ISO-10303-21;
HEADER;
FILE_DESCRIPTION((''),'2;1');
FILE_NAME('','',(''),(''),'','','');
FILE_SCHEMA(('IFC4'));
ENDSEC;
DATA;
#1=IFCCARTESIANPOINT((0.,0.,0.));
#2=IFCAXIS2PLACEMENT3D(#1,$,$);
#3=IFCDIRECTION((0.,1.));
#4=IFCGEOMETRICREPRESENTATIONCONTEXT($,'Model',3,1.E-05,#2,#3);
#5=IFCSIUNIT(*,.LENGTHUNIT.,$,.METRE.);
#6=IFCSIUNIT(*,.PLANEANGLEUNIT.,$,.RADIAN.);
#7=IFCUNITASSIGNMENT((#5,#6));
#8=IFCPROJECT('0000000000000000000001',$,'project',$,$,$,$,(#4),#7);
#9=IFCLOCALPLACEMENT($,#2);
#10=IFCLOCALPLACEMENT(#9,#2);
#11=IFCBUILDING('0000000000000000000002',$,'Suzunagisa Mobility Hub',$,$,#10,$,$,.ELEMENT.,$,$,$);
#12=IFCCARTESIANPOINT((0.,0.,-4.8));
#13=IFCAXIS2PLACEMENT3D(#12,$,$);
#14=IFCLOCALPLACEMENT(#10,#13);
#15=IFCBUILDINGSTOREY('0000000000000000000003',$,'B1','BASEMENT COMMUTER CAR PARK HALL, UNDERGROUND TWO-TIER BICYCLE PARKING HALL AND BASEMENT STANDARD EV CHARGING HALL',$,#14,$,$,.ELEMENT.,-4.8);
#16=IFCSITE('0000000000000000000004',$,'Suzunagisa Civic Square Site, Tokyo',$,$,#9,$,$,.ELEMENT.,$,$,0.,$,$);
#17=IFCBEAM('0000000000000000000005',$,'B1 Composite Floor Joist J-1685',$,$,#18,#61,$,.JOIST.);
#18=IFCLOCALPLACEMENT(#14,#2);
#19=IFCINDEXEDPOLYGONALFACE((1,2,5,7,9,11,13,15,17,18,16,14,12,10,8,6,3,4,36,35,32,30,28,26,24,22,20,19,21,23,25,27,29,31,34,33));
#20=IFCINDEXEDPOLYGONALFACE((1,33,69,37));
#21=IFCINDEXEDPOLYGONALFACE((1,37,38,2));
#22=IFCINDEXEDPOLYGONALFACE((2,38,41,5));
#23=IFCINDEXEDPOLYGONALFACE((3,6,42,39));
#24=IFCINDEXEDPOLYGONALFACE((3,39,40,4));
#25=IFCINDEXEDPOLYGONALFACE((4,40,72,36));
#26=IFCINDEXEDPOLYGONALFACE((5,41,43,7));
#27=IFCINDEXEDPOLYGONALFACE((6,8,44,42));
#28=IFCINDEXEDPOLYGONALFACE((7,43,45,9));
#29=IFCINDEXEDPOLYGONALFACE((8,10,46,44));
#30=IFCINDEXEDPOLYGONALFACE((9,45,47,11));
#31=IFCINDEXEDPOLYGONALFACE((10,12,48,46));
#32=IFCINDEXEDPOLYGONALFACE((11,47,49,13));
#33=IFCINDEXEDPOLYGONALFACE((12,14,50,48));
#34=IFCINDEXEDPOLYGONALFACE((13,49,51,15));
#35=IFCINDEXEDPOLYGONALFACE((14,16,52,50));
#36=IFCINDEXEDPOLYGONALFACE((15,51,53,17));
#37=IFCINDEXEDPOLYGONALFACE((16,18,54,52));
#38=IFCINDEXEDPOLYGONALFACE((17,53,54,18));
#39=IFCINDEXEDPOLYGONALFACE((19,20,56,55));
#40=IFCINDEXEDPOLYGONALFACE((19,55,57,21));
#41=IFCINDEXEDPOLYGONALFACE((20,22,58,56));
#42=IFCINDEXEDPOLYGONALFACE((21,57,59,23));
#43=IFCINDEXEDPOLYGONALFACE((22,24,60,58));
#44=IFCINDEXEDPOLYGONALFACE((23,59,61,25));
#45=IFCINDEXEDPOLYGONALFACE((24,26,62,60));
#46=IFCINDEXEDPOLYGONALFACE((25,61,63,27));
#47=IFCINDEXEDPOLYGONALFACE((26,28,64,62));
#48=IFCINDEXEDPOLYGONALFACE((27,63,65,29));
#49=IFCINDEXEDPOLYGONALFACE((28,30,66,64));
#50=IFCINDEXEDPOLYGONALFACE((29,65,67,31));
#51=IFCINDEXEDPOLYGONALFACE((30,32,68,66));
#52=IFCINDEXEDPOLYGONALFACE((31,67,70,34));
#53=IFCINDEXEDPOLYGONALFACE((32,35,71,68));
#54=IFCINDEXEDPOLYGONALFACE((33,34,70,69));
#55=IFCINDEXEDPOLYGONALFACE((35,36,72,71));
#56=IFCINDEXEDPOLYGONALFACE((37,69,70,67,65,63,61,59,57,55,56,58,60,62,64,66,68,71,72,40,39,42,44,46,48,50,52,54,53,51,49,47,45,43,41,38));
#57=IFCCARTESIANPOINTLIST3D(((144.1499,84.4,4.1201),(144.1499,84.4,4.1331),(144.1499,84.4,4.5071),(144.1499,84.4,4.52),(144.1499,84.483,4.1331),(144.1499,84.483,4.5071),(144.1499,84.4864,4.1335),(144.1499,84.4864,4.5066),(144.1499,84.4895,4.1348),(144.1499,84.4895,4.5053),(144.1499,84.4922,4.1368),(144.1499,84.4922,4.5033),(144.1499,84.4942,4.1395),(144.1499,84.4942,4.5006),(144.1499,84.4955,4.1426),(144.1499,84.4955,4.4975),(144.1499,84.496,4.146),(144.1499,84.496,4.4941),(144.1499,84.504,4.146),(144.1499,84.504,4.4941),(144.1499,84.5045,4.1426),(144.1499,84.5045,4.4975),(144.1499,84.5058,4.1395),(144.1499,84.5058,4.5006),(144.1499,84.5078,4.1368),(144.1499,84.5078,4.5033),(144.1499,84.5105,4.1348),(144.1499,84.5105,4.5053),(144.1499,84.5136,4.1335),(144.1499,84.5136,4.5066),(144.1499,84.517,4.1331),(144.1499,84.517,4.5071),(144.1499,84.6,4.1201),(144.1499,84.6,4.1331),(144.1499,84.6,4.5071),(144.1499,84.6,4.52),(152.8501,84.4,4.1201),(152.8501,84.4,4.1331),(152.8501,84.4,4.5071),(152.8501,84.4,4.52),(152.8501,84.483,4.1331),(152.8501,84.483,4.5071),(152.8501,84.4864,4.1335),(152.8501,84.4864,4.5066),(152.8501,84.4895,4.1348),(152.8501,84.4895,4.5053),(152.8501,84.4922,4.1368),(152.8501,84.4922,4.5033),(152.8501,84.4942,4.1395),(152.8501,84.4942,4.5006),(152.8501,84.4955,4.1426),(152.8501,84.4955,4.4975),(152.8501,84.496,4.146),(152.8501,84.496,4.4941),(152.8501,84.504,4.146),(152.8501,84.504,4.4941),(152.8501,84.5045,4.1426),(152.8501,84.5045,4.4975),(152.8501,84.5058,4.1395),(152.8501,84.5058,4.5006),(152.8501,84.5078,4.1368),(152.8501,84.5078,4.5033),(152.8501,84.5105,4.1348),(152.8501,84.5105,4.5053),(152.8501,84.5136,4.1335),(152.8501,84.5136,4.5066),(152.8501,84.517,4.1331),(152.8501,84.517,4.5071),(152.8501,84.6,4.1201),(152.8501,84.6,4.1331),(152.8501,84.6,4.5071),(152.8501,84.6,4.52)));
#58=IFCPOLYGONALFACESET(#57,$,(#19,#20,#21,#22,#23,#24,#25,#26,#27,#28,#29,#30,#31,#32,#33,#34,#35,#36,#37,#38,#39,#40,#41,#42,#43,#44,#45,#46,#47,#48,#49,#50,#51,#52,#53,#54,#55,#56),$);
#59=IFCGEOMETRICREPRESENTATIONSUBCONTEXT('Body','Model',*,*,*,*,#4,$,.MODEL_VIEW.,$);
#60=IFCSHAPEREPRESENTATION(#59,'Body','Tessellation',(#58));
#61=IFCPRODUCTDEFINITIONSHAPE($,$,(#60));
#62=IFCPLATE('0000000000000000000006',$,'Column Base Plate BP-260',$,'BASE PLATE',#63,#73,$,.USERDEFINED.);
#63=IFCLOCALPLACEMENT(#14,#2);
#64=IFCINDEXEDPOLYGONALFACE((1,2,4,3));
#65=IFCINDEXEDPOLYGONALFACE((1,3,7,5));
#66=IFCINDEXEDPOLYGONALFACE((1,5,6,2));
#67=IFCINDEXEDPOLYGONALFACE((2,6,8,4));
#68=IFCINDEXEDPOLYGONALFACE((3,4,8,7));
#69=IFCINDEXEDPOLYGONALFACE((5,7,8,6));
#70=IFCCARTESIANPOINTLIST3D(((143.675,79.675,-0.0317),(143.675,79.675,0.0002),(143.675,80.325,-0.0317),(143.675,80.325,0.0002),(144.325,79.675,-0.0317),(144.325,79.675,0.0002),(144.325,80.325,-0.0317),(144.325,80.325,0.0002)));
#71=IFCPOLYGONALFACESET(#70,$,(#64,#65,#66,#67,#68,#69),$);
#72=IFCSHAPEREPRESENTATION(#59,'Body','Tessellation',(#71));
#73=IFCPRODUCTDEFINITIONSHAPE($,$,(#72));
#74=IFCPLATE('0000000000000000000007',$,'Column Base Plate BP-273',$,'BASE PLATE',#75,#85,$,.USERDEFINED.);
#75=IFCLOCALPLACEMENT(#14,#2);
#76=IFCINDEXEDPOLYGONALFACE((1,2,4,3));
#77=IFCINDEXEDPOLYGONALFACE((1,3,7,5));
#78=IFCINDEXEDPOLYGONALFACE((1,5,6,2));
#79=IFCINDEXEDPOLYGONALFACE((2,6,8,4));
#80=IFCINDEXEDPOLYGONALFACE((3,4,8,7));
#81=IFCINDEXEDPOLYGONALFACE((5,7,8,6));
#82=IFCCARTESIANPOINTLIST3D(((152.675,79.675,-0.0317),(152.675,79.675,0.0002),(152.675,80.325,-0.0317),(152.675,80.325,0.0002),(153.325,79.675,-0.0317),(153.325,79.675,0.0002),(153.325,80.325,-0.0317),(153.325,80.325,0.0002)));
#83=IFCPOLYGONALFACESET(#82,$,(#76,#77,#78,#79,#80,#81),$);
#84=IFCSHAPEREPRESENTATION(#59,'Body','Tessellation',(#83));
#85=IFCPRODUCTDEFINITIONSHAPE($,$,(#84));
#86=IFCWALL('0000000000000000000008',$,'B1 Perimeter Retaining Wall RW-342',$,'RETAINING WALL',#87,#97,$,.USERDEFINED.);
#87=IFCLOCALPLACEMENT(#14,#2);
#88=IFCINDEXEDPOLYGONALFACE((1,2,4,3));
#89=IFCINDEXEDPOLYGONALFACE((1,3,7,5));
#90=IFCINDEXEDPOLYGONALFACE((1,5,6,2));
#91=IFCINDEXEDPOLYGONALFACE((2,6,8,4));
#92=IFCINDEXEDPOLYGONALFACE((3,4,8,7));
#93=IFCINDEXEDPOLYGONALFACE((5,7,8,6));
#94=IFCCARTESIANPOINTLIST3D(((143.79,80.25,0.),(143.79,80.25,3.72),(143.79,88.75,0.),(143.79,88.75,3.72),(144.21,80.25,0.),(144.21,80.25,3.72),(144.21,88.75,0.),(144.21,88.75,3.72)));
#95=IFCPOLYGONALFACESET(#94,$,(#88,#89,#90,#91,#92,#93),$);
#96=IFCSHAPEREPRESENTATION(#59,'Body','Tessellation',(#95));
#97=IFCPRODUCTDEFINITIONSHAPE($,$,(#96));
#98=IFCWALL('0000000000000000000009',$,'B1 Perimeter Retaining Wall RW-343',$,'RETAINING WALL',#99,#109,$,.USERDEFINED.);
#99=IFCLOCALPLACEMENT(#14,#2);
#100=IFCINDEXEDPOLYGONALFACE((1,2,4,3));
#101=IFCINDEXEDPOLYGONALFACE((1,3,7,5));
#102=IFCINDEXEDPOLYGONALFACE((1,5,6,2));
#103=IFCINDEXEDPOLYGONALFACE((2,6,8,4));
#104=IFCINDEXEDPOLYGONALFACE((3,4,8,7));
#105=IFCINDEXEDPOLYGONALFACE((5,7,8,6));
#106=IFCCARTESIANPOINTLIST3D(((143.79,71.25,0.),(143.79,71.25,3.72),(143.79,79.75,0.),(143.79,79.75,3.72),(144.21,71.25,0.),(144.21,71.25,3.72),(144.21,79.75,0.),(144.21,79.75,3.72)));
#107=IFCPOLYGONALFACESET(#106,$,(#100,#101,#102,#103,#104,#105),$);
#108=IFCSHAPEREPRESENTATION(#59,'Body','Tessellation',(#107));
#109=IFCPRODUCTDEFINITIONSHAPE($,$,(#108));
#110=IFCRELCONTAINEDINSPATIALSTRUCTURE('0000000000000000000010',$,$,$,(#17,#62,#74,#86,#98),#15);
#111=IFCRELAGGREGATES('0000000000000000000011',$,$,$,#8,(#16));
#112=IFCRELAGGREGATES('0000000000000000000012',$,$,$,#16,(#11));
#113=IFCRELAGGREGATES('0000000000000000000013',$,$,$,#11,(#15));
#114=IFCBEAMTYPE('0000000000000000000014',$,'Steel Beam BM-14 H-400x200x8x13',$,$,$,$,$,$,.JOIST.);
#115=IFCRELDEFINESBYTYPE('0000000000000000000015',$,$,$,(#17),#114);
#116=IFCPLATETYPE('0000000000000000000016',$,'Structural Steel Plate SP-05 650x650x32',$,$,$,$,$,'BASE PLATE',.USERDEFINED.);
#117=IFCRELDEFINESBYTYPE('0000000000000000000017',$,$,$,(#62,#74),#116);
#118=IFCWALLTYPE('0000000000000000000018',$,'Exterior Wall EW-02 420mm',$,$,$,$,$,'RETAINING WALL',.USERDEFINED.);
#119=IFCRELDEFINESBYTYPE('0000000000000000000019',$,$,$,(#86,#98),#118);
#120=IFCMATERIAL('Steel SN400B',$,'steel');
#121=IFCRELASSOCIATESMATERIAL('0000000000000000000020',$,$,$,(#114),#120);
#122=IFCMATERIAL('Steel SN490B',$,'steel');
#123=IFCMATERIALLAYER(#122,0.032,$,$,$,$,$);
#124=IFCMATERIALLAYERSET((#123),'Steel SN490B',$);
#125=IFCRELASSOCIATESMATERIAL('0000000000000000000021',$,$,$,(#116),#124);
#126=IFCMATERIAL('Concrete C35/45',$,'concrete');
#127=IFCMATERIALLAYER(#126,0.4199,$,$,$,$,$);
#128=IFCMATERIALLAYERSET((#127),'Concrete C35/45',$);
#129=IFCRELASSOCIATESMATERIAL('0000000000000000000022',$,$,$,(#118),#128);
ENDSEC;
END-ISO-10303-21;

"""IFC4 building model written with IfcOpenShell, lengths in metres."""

from ifc_helpers import new_model, si_unit, direction, frame, frame_2d, origin, origin_2d, place, context, subcontext, project, spatial, rectangle, i_section, extrude, material, layer, layer_set, material_profile, profile_set, type_object, element, save


model = new_model("IFC4")

# Units and contexts
model_context = context("Model", 3, precision=1e-05, world=origin(), true_north=direction((0.0, 1.0)))
body_context = subcontext(model_context, "Body", "Model", "MODEL_VIEW")
ifc_project = project(units=[si_unit("LENGTHUNIT", "METRE"), si_unit("PLANEANGLEUNIT", "RADIAN")], contexts=[model_context])

# Site, building, storey
site_placement = place(None, origin())
site = spatial("IfcSite", under=ifc_project, at=site_placement, Name="Suzunagisa Civic Square Site, Tokyo", CompositionType="ELEMENT", RefElevation=0.0)
building_placement = place(site_placement, origin())
building = spatial("IfcBuilding", under=site, at=building_placement, Name="Suzunagisa Mobility Hub", CompositionType="ELEMENT")
storey_placement = place(building_placement, frame((0.0, 0.0, -4.8)))
storey = spatial("IfcBuildingStorey", under=building, at=storey_placement, Name="B1", Description="BASEMENT COMMUTER CAR PARK HALL, UNDERGROUND TWO-TIER BICYCLE PARKING HALL AND BASEMENT STANDARD EV CHARGING HALL", CompositionType="ELEMENT", Elevation=-4.8)

# Shared definitions
ifc_material_1 = material(Name="Concrete C35/45", Category="concrete")

# Shared definitions
ifc_material_2 = material(Name="Steel SN490B", Category="steel")

# Beam
ifc_material_3 = material(Name="Steel SN400B", Category="steel")
ifc_material_profile_1 = material_profile(ifc_material_3, i_section(OverallWidth=0.2, OverallDepth=0.3999, WebThickness=0.0081, FlangeThickness=0.0129, FilletRadius=0.0129, at=origin_2d()), Name="H-400x200x8x13")
ifc_profile_set_1 = profile_set([ifc_material_profile_1], Name="Steel SN400B")
beam_type_1 = type_object("IfcBeamType", Name="Steel Beam BM-14 H-400x200x8x13", PredefinedType="JOIST", material=ifc_profile_set_1)
for number, where, z_axis, x_axis, name in (
    (1, (144.1499, 84.5, 4.3201), (1.0, 0.0, 0.0), (0.0, 1.0, 0.0), "B1 Composite Floor Joist J-1685"),
):
    element("IfcBeam", number, at=place(storey_placement, frame(where, z_axis=z_axis, x_axis=x_axis)), inside=storey, type_object=beam_type_1, Name=name, PredefinedType="JOIST", context=body_context, shape_type="SweptSolid", body=[
        extrude(i_section(OverallWidth=0.2, OverallDepth=0.3999, WebThickness=0.0081, FlangeThickness=0.0129, FilletRadius=0.0129, at=origin_2d()), origin(), (0.0, 0.0, 1.0), 8.7002),
    ])

# Plates
ifc_layer_1 = layer(ifc_material_2, 0.032)
ifc_layer_set_1 = layer_set([ifc_layer_1], Name="Steel SN490B")
plate_type = type_object("IfcPlateType", Name="Structural Steel Plate SP-05 650x650x32", ElementType="BASE PLATE", PredefinedType="USERDEFINED", material=ifc_layer_set_1)
for number, where, z_axis, x_axis, name in (
    (2, (144.0, 80.0, -0.0317), (0.0, 0.0, 1.0), (1.0, 0.0, 0.0), "Column Base Plate BP-260"),
    (3, (153.0, 80.0, -0.0317), (0.0, 0.0, 1.0), (1.0, 0.0, 0.0), "Column Base Plate BP-273"),
):
    element("IfcPlate", number, at=place(storey_placement, frame(where, z_axis=z_axis, x_axis=x_axis)), inside=storey, type_object=plate_type, Name=name, ObjectType="BASE PLATE", PredefinedType="USERDEFINED", context=body_context, shape_type="SweptSolid", body=[
        extrude(rectangle(XDim=0.6499, YDim=0.6499, at=origin_2d()), origin(), (0.0, 0.0, 1.0), 0.032),
    ])

# Walls
ifc_layer_2 = layer(ifc_material_1, 0.4199)
ifc_layer_set_2 = layer_set([ifc_layer_2], Name="Concrete C35/45")
wall_type = type_object("IfcWallType", Name="Exterior Wall EW-02 420mm", ElementType="RETAINING WALL", PredefinedType="USERDEFINED", material=ifc_layer_set_2)
for number, where, z_axis, x_axis, name in (
    (4, (144.0, 88.75, 0.0), (0.0, 0.0, 1.0), (0.0, -1.0, 0.0), "B1 Perimeter Retaining Wall RW-342"),
    (5, (144.0, 79.75, 0.0), (0.0, 0.0, 1.0), (0.0, -1.0, 0.0), "B1 Perimeter Retaining Wall RW-343"),
):
    element("IfcWall", number, at=place(storey_placement, frame(where, z_axis=z_axis, x_axis=x_axis)), inside=storey, type_object=wall_type, Name=name, ObjectType="RETAINING WALL", PredefinedType="USERDEFINED", context=body_context, shape_type="SweptSolid", body=[
        extrude(rectangle(XDim=8.5, YDim=0.4199, at=frame_2d((4.25, 0.0))), origin(), (0.0, 0.0, 1.0), 3.72),
    ])

save(model, "model.ifc")
